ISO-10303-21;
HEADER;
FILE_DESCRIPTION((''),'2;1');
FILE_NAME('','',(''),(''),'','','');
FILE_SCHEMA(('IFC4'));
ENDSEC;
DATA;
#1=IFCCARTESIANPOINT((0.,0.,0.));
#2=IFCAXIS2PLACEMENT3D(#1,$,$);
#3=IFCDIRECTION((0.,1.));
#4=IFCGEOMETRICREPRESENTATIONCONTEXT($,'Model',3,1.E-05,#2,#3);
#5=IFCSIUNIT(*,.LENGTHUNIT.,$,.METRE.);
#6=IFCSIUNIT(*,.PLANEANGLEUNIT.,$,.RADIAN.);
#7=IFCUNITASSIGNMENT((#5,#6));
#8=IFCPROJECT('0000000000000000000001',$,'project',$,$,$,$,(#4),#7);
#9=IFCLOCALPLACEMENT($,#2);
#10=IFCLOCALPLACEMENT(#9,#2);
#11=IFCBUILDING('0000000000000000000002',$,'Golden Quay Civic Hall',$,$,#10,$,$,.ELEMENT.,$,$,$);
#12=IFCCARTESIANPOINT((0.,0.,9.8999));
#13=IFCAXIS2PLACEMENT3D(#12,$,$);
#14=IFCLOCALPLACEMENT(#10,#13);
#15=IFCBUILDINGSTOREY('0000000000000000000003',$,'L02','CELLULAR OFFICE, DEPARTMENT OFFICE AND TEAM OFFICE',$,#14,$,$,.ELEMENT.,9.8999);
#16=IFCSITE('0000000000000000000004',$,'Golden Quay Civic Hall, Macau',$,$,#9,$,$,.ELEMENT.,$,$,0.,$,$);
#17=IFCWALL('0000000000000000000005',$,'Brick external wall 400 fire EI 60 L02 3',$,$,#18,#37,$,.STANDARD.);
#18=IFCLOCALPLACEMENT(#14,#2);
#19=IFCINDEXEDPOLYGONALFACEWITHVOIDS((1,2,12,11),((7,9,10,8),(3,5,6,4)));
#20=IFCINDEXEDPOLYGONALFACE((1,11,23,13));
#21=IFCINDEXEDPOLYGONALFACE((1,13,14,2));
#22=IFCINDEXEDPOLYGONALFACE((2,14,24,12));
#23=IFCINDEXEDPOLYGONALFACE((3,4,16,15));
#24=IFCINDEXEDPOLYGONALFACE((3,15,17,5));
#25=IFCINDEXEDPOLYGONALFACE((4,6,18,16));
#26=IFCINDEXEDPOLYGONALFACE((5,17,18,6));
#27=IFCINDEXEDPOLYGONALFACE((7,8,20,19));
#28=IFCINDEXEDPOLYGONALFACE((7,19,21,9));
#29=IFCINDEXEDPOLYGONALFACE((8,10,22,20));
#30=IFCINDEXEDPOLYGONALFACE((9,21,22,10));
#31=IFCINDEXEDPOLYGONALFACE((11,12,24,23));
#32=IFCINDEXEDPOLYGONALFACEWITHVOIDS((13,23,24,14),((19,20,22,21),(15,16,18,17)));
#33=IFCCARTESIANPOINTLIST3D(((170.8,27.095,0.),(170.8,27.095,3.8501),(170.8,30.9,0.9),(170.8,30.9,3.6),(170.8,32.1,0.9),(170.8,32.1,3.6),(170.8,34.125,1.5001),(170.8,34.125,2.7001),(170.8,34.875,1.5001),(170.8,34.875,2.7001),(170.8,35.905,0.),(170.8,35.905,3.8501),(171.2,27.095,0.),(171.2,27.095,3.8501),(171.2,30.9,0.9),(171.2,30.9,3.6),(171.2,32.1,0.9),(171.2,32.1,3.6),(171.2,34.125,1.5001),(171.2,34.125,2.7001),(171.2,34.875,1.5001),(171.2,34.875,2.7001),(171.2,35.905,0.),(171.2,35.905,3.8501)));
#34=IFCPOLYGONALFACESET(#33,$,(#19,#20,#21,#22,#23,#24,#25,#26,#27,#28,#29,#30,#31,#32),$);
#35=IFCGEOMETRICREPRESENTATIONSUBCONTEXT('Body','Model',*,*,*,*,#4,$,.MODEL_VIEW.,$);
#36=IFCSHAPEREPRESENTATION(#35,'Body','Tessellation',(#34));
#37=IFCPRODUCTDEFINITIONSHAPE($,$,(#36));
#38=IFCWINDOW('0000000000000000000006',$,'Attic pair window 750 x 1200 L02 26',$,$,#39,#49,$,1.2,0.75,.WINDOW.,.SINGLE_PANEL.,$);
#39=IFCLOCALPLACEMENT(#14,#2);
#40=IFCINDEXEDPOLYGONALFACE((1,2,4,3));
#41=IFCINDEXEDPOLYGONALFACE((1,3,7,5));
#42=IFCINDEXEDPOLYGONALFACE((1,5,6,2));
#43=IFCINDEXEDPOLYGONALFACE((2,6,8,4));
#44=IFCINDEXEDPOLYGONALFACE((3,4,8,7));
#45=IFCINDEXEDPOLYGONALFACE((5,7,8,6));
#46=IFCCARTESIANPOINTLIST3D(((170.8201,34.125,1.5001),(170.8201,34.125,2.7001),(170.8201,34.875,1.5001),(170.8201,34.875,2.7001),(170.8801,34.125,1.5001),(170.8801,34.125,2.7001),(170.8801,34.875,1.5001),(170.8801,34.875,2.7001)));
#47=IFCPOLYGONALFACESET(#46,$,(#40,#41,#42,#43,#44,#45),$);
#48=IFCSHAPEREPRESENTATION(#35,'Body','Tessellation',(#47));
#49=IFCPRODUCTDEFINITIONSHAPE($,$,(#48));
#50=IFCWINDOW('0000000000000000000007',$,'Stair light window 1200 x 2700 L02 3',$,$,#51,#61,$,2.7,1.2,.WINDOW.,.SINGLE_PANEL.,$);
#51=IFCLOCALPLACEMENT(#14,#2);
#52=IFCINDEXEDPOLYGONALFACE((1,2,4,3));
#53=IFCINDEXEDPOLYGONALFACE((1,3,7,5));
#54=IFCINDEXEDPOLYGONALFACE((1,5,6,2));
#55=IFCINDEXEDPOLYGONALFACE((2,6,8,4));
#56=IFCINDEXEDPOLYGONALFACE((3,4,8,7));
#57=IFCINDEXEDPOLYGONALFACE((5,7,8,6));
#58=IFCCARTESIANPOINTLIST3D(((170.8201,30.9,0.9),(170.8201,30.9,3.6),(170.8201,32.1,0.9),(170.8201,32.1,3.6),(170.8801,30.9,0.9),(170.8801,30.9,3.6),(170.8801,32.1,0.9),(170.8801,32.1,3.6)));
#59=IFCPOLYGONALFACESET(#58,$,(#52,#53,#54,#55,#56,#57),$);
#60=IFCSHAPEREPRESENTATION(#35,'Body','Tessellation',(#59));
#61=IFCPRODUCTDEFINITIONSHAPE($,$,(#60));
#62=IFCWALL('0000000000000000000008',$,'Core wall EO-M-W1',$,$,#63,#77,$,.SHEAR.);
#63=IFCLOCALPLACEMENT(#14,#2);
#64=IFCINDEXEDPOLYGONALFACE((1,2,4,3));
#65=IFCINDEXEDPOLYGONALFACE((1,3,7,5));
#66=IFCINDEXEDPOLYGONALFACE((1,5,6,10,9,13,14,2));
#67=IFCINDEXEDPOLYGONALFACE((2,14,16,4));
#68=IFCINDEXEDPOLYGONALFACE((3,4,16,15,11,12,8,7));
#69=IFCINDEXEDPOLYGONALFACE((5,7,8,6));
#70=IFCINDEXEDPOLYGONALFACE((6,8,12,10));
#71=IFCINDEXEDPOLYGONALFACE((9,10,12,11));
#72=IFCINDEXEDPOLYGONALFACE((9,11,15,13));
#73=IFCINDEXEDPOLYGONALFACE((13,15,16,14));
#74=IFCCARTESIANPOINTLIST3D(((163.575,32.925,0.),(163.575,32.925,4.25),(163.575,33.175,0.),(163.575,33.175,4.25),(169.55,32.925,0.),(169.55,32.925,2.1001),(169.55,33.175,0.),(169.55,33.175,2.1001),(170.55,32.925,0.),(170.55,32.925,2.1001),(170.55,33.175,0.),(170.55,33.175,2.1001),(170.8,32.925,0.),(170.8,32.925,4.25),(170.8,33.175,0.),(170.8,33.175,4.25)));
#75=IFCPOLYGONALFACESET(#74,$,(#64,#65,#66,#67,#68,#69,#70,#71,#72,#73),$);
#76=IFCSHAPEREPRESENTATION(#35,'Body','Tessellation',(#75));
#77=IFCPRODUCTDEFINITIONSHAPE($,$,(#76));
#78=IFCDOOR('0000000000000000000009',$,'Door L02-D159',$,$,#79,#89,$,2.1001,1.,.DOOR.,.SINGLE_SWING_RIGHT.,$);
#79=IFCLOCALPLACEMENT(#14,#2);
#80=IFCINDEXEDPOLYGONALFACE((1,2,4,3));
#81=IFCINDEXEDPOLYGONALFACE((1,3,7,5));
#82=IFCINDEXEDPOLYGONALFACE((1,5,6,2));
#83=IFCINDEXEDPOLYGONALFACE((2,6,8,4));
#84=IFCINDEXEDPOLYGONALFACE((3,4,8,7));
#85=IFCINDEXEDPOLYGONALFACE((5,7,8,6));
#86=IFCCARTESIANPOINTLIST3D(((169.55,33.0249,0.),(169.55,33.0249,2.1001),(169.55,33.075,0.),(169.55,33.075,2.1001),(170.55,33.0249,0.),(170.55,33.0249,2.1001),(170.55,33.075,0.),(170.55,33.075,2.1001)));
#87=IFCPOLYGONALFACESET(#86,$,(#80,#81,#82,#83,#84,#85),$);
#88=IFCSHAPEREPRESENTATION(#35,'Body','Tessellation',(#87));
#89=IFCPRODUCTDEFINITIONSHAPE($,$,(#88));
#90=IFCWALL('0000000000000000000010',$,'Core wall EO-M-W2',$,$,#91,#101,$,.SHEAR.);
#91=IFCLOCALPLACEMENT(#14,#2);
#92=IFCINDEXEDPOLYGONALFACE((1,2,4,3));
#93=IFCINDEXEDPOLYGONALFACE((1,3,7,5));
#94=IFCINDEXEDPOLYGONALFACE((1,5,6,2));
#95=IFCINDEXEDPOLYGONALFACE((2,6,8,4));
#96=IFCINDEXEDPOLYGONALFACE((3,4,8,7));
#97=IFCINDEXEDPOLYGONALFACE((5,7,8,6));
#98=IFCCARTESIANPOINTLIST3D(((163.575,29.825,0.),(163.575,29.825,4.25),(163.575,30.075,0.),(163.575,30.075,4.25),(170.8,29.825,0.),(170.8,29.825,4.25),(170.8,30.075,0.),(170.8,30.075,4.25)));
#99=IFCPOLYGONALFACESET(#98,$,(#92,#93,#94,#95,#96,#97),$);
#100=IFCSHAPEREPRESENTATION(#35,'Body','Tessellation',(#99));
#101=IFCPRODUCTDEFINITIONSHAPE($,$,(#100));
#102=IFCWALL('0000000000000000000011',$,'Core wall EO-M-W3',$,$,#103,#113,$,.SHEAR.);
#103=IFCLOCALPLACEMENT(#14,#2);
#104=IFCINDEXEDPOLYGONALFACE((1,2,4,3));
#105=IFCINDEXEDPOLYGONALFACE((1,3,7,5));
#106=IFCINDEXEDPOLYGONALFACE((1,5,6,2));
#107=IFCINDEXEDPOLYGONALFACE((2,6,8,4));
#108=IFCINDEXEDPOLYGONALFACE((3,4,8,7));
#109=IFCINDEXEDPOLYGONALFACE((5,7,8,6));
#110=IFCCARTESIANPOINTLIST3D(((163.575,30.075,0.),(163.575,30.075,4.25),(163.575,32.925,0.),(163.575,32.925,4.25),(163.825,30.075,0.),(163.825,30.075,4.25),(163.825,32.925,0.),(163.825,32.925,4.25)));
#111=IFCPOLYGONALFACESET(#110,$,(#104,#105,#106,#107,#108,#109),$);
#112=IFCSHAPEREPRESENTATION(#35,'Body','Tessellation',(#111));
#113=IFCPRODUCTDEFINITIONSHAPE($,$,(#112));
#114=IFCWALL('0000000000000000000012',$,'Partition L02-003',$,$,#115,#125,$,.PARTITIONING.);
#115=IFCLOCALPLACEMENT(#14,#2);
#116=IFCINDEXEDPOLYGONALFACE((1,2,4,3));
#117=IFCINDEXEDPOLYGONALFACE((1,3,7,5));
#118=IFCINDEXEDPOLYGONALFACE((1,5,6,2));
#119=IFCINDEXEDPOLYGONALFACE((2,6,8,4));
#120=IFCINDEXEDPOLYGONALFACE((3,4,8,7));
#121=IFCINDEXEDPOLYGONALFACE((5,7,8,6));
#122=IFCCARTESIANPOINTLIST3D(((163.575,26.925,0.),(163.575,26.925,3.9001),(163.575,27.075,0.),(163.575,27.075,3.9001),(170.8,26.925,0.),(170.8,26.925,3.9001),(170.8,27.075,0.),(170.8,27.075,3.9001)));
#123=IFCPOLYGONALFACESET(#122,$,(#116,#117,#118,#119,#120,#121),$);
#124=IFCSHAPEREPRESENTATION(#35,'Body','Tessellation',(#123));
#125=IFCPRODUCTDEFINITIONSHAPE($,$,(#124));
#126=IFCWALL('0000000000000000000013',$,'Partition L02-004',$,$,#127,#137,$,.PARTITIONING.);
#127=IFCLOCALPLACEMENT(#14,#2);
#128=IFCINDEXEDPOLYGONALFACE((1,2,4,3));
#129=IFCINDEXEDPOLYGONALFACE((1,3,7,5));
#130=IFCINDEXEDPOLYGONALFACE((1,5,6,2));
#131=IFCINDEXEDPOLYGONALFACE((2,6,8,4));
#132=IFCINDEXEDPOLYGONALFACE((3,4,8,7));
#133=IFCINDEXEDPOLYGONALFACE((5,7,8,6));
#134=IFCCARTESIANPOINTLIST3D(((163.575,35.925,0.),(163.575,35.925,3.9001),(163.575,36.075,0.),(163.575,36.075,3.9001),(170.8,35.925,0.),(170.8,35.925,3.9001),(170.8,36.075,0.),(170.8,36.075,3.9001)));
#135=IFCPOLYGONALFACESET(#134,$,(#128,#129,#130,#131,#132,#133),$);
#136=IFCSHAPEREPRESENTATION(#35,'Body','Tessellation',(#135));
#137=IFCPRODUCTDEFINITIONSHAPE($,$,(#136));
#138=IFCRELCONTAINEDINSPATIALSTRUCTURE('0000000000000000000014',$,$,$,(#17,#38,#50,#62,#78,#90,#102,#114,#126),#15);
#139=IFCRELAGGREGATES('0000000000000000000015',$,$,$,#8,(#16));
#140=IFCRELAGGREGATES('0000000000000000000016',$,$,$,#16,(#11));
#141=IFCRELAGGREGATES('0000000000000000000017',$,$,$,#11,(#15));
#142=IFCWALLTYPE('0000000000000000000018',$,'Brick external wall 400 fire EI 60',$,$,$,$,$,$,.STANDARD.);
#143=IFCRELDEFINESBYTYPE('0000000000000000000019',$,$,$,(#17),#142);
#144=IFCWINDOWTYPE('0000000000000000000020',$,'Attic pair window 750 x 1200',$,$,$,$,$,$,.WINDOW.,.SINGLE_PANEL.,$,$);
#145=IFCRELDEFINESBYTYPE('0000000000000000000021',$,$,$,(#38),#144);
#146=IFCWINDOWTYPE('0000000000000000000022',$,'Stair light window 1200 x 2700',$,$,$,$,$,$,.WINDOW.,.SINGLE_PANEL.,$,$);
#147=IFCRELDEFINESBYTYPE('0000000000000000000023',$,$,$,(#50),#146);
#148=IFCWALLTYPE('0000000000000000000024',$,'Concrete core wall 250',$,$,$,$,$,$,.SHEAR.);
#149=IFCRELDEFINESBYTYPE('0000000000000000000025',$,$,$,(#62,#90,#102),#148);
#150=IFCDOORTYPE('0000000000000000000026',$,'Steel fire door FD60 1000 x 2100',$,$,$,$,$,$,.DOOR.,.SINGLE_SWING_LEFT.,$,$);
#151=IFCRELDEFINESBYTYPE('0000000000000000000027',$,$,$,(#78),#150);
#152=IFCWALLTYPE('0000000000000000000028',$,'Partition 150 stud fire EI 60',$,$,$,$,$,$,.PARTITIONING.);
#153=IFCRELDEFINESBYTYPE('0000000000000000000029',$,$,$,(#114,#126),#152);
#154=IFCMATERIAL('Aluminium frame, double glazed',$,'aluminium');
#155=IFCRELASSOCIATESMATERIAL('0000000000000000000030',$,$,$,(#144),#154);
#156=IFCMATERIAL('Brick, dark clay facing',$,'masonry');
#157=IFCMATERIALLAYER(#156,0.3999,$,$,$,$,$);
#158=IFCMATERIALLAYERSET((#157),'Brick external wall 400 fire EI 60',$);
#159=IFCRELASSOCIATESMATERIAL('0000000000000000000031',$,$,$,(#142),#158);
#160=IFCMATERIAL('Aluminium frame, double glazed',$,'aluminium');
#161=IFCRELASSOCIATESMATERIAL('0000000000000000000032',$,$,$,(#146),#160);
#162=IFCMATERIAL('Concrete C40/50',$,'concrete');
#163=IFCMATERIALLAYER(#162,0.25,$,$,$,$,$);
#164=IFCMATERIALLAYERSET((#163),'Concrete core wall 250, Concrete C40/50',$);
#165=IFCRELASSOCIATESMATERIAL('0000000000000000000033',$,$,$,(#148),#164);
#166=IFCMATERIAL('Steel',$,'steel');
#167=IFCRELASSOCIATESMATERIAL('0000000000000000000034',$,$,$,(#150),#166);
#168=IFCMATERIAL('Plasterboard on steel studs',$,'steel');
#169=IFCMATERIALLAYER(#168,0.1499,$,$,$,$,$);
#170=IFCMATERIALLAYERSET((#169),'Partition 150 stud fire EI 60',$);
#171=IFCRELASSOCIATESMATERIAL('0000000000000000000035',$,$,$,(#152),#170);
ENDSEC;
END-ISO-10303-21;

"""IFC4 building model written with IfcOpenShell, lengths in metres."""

from ifc_helpers import new_model, si_unit, direction, frame, frame_2d, origin, place, context, subcontext, project, spatial, rectangle, extrude, material, layer, layer_set, type_object, element, fill, save


model = new_model("IFC4")

# Units and contexts
model_context = context("Model", 3, precision=1e-05, world=origin(), true_north=direction((0.0, 1.0)))
body_context = subcontext(model_context, "Body", "Model", "MODEL_VIEW")
ifc_project = project(units=[si_unit("LENGTHUNIT", "METRE"), si_unit("PLANEANGLEUNIT", "RADIAN")], contexts=[model_context])

# Site, building, storey
site_placement = place(None, origin())
site = spatial("IfcSite", under=ifc_project, at=site_placement, Name="Golden Quay Civic Hall, Macau", CompositionType="ELEMENT", RefElevation=0.0)
building_placement = place(site_placement, origin())
building = spatial("IfcBuilding", under=site, at=building_placement, Name="Golden Quay Civic Hall", CompositionType="ELEMENT")
storey_placement = place(building_placement, frame((0.0, 0.0, 9.8999)))
storey = spatial("IfcBuildingStorey", under=building, at=storey_placement, Name="L02", Description="CELLULAR OFFICE, DEPARTMENT OFFICE AND TEAM OFFICE", CompositionType="ELEMENT", Elevation=9.8999)

# Shared definitions
ifc_material_1 = material(Name="Aluminium frame, double glazed", Category="aluminium")
window_type_1 = type_object("IfcWindowType", Name="Attic pair window 750 x 1200", PartitioningType="SINGLE_PANEL", PredefinedType="WINDOW", material=ifc_material_1)

# Wall, openings, windows
ifc_material_2 = material(Name="Brick, dark clay facing", Category="masonry")
ifc_layer_1 = layer(ifc_material_2, 0.3999)
ifc_layer_set_1 = layer_set([ifc_layer_1], Name="Brick external wall 400 fire EI 60")
wall_type_1 = type_object("IfcWallType", Name="Brick external wall 400 fire EI 60", PredefinedType="STANDARD", material=ifc_layer_set_1)
wall_1_placement = place(storey_placement, frame((171.0, 35.905, 0.0), z_axis=(0.0, 0.0, 1.0), x_axis=(0.0, -1.0, 0.0)))
wall_1 = element("IfcWall", 1, at=wall_1_placement, inside=storey, type_object=wall_type_1, Name="Brick external wall 400 fire EI 60 L02 3", PredefinedType="STANDARD", context=body_context, shape_type="SweptSolid", body=[
    extrude(rectangle(XDim=8.8101, YDim=0.3999, at=frame_2d((4.405, 0.0))), origin(), (0.0, 0.0, 1.0), 3.8501),
])
opening_1_placement = place(wall_1_placement, frame((3.8049, 0.0, 0.8999)))
opening_1 = element("IfcOpeningElement", 2, at=opening_1_placement, cuts=wall_1, PredefinedType="OPENING", context=body_context, shape_type="SweptSolid", body=[
    extrude(rectangle(XDim=1.2, YDim=2.7, at=frame_2d((0.6001, 1.3501))), frame((0.0, 0.21, 0.0), z_axis=(0.0, -1.0, 0.0), x_axis=(1.0, 0.0, 0.0)), (0.0, 0.0, 1.0), 0.4199),
])
opening_2_placement = place(wall_1_placement, frame((1.03, 0.0, 1.5)))
opening_2 = element("IfcOpeningElement", 3, at=opening_2_placement, cuts=wall_1, PredefinedType="OPENING", context=body_context, shape_type="SweptSolid", body=[
    extrude(rectangle(XDim=0.75, YDim=1.2, at=frame_2d((0.375, 0.6001))), frame((0.0, 0.21, 0.0), z_axis=(0.0, -1.0, 0.0), x_axis=(1.0, 0.0, 0.0)), (0.0, 0.0, 1.0), 0.4199),
])
window_1_placement = place(opening_2_placement, origin())
window_1 = element("IfcWindow", 4, at=window_1_placement, inside=storey, type_object=window_type_1, Name="Attic pair window 750 x 1200 L02 26", OverallHeight=1.2, OverallWidth=0.75, PartitioningType="SINGLE_PANEL", PredefinedType="WINDOW", context=body_context, shape_type="SweptSolid", body=[
    extrude(rectangle(XDim=0.75, YDim=1.2, at=frame_2d((0.375, 0.6001))), frame((0.0, -0.1199, 0.0), z_axis=(0.0, -1.0, 0.0), x_axis=(1.0, 0.0, 0.0)), (0.0, 0.0, 1.0), 0.0601),
])
fill(opening_2, window_1)
ifc_material_3 = material(Name="Aluminium frame, double glazed", Category="aluminium")
window_type_2 = type_object("IfcWindowType", Name="Stair light window 1200 x 2700", PartitioningType="SINGLE_PANEL", PredefinedType="WINDOW", material=ifc_material_3)
window_2_placement = place(opening_1_placement, origin())
window_2 = element("IfcWindow", 5, at=window_2_placement, inside=storey, type_object=window_type_2, Name="Stair light window 1200 x 2700 L02 3", OverallHeight=2.7, OverallWidth=1.2, PartitioningType="SINGLE_PANEL", PredefinedType="WINDOW", context=body_context, shape_type="SweptSolid", body=[
    extrude(rectangle(XDim=1.2, YDim=2.7, at=frame_2d((0.6001, 1.3501))), frame((0.0, -0.1199, 0.0), z_axis=(0.0, -1.0, 0.0), x_axis=(1.0, 0.0, 0.0)), (0.0, 0.0, 1.0), 0.0601),
])
fill(opening_1, window_2)

# Wall, opening, door
ifc_material_4 = material(Name="Concrete C40/50", Category="concrete")
ifc_layer_2 = layer(ifc_material_4, 0.25)
ifc_layer_set_2 = layer_set([ifc_layer_2], Name="Concrete core wall 250, Concrete C40/50")
wall_type_2 = type_object("IfcWallType", Name="Concrete core wall 250", PredefinedType="SHEAR", material=ifc_layer_set_2)
wall_2_placement = place(storey_placement, frame((163.575, 33.05, 0.0), z_axis=(0.0, 0.0, 1.0), x_axis=(1.0, 0.0, 0.0)))
wall_2 = element("IfcWall", 6, at=wall_2_placement, inside=storey, type_object=wall_type_2, Name="Core wall EO-M-W1", PredefinedType="SHEAR", context=body_context, shape_type="SweptSolid", body=[
    extrude(rectangle(XDim=7.2251, YDim=0.25, at=frame_2d((3.6125, 0.0))), origin(), (0.0, 0.0, 1.0), 4.25),
])
opening_3_placement = place(wall_2_placement, frame((5.9751, 0.0, 0.0)))
opening_3 = element("IfcOpeningElement", 7, at=opening_3_placement, cuts=wall_2, PredefinedType="OPENING", context=body_context, shape_type="SweptSolid", body=[
    extrude(rectangle(XDim=1.0, YDim=2.1001, at=frame_2d((0.5, 1.05))), frame((0.0, 0.135, 0.0), z_axis=(0.0, -1.0, 0.0), x_axis=(1.0, 0.0, 0.0)), (0.0, 0.0, 1.0), 0.27),
])
ifc_material_5 = material(Name="Steel", Category="steel")
door_type_1 = type_object("IfcDoorType", Name="Steel fire door FD60 1000 x 2100", OperationType="SINGLE_SWING_LEFT", PredefinedType="DOOR", material=ifc_material_5)
door_1_placement = place(opening_3_placement, frame((1.0, 0.0, 0.0), z_axis=(0.0, 0.0, 1.0), x_axis=(-1.0, 0.0, 0.0)))
door_1 = element("IfcDoor", 8, at=door_1_placement, inside=storey, type_object=door_type_1, Name="Door L02-D159", OperationType="SINGLE_SWING_RIGHT", OverallHeight=2.1001, OverallWidth=1.0, PredefinedType="DOOR", context=body_context, shape_type="SweptSolid", body=[
    extrude(rectangle(XDim=1.0, YDim=2.1001, at=frame_2d((0.5, 1.05))), frame((0.0, 0.0251, 0.0), z_axis=(0.0, -1.0, 0.0), x_axis=(1.0, 0.0, 0.0)), (0.0, 0.0, 1.0), 0.05),
])
fill(opening_3, door_1)

# Walls
wall_3_placement = place(storey_placement, frame((163.575, 29.95, 0.0), z_axis=(0.0, 0.0, 1.0), x_axis=(1.0, 0.0, 0.0)))
element("IfcWall", 9, at=wall_3_placement, inside=storey, type_object=wall_type_2, Name="Core wall EO-M-W2", PredefinedType="SHEAR", context=body_context, shape_type="SweptSolid", body=[
    extrude(rectangle(XDim=7.2251, YDim=0.25, at=frame_2d((3.6125, 0.0))), origin(), (0.0, 0.0, 1.0), 4.25),
])
wall_4_placement = place(storey_placement, frame((163.7, 30.075, 0.0), z_axis=(0.0, 0.0, 1.0), x_axis=(0.0, 1.0, 0.0)))
element("IfcWall", 10, at=wall_4_placement, inside=storey, type_object=wall_type_2, Name="Core wall EO-M-W3", PredefinedType="SHEAR", context=body_context, shape_type="SweptSolid", body=[
    extrude(rectangle(XDim=2.8501, YDim=0.25, at=frame_2d((1.425, 0.0))), origin(), (0.0, 0.0, 1.0), 4.25),
])
ifc_material_6 = material(Name="Plasterboard on steel studs", Category="steel")
ifc_layer_3 = layer(ifc_material_6, 0.1499)
ifc_layer_set_3 = layer_set([ifc_layer_3], Name="Partition 150 stud fire EI 60")
wall_type_3 = type_object("IfcWallType", Name="Partition 150 stud fire EI 60", PredefinedType="PARTITIONING", material=ifc_layer_set_3)
for number, where, z_axis, x_axis, name in (
    (11, (163.575, 27.0, 0.0), (0.0, 0.0, 1.0), (1.0, 0.0, 0.0), "Partition L02-003"),
    (12, (163.575, 36.0, 0.0), (0.0, 0.0, 1.0), (1.0, 0.0, 0.0), "Partition L02-004"),
):
    element("IfcWall", number, at=place(storey_placement, frame(where, z_axis=z_axis, x_axis=x_axis)), inside=storey, type_object=wall_type_3, Name=name, PredefinedType="PARTITIONING", context=body_context, shape_type="SweptSolid", body=[
        extrude(rectangle(XDim=7.2251, YDim=0.1499, at=frame_2d((3.6125, 0.0))), origin(), (0.0, 0.0, 1.0), 3.9001),
    ])

save(model, "model.ifc")
